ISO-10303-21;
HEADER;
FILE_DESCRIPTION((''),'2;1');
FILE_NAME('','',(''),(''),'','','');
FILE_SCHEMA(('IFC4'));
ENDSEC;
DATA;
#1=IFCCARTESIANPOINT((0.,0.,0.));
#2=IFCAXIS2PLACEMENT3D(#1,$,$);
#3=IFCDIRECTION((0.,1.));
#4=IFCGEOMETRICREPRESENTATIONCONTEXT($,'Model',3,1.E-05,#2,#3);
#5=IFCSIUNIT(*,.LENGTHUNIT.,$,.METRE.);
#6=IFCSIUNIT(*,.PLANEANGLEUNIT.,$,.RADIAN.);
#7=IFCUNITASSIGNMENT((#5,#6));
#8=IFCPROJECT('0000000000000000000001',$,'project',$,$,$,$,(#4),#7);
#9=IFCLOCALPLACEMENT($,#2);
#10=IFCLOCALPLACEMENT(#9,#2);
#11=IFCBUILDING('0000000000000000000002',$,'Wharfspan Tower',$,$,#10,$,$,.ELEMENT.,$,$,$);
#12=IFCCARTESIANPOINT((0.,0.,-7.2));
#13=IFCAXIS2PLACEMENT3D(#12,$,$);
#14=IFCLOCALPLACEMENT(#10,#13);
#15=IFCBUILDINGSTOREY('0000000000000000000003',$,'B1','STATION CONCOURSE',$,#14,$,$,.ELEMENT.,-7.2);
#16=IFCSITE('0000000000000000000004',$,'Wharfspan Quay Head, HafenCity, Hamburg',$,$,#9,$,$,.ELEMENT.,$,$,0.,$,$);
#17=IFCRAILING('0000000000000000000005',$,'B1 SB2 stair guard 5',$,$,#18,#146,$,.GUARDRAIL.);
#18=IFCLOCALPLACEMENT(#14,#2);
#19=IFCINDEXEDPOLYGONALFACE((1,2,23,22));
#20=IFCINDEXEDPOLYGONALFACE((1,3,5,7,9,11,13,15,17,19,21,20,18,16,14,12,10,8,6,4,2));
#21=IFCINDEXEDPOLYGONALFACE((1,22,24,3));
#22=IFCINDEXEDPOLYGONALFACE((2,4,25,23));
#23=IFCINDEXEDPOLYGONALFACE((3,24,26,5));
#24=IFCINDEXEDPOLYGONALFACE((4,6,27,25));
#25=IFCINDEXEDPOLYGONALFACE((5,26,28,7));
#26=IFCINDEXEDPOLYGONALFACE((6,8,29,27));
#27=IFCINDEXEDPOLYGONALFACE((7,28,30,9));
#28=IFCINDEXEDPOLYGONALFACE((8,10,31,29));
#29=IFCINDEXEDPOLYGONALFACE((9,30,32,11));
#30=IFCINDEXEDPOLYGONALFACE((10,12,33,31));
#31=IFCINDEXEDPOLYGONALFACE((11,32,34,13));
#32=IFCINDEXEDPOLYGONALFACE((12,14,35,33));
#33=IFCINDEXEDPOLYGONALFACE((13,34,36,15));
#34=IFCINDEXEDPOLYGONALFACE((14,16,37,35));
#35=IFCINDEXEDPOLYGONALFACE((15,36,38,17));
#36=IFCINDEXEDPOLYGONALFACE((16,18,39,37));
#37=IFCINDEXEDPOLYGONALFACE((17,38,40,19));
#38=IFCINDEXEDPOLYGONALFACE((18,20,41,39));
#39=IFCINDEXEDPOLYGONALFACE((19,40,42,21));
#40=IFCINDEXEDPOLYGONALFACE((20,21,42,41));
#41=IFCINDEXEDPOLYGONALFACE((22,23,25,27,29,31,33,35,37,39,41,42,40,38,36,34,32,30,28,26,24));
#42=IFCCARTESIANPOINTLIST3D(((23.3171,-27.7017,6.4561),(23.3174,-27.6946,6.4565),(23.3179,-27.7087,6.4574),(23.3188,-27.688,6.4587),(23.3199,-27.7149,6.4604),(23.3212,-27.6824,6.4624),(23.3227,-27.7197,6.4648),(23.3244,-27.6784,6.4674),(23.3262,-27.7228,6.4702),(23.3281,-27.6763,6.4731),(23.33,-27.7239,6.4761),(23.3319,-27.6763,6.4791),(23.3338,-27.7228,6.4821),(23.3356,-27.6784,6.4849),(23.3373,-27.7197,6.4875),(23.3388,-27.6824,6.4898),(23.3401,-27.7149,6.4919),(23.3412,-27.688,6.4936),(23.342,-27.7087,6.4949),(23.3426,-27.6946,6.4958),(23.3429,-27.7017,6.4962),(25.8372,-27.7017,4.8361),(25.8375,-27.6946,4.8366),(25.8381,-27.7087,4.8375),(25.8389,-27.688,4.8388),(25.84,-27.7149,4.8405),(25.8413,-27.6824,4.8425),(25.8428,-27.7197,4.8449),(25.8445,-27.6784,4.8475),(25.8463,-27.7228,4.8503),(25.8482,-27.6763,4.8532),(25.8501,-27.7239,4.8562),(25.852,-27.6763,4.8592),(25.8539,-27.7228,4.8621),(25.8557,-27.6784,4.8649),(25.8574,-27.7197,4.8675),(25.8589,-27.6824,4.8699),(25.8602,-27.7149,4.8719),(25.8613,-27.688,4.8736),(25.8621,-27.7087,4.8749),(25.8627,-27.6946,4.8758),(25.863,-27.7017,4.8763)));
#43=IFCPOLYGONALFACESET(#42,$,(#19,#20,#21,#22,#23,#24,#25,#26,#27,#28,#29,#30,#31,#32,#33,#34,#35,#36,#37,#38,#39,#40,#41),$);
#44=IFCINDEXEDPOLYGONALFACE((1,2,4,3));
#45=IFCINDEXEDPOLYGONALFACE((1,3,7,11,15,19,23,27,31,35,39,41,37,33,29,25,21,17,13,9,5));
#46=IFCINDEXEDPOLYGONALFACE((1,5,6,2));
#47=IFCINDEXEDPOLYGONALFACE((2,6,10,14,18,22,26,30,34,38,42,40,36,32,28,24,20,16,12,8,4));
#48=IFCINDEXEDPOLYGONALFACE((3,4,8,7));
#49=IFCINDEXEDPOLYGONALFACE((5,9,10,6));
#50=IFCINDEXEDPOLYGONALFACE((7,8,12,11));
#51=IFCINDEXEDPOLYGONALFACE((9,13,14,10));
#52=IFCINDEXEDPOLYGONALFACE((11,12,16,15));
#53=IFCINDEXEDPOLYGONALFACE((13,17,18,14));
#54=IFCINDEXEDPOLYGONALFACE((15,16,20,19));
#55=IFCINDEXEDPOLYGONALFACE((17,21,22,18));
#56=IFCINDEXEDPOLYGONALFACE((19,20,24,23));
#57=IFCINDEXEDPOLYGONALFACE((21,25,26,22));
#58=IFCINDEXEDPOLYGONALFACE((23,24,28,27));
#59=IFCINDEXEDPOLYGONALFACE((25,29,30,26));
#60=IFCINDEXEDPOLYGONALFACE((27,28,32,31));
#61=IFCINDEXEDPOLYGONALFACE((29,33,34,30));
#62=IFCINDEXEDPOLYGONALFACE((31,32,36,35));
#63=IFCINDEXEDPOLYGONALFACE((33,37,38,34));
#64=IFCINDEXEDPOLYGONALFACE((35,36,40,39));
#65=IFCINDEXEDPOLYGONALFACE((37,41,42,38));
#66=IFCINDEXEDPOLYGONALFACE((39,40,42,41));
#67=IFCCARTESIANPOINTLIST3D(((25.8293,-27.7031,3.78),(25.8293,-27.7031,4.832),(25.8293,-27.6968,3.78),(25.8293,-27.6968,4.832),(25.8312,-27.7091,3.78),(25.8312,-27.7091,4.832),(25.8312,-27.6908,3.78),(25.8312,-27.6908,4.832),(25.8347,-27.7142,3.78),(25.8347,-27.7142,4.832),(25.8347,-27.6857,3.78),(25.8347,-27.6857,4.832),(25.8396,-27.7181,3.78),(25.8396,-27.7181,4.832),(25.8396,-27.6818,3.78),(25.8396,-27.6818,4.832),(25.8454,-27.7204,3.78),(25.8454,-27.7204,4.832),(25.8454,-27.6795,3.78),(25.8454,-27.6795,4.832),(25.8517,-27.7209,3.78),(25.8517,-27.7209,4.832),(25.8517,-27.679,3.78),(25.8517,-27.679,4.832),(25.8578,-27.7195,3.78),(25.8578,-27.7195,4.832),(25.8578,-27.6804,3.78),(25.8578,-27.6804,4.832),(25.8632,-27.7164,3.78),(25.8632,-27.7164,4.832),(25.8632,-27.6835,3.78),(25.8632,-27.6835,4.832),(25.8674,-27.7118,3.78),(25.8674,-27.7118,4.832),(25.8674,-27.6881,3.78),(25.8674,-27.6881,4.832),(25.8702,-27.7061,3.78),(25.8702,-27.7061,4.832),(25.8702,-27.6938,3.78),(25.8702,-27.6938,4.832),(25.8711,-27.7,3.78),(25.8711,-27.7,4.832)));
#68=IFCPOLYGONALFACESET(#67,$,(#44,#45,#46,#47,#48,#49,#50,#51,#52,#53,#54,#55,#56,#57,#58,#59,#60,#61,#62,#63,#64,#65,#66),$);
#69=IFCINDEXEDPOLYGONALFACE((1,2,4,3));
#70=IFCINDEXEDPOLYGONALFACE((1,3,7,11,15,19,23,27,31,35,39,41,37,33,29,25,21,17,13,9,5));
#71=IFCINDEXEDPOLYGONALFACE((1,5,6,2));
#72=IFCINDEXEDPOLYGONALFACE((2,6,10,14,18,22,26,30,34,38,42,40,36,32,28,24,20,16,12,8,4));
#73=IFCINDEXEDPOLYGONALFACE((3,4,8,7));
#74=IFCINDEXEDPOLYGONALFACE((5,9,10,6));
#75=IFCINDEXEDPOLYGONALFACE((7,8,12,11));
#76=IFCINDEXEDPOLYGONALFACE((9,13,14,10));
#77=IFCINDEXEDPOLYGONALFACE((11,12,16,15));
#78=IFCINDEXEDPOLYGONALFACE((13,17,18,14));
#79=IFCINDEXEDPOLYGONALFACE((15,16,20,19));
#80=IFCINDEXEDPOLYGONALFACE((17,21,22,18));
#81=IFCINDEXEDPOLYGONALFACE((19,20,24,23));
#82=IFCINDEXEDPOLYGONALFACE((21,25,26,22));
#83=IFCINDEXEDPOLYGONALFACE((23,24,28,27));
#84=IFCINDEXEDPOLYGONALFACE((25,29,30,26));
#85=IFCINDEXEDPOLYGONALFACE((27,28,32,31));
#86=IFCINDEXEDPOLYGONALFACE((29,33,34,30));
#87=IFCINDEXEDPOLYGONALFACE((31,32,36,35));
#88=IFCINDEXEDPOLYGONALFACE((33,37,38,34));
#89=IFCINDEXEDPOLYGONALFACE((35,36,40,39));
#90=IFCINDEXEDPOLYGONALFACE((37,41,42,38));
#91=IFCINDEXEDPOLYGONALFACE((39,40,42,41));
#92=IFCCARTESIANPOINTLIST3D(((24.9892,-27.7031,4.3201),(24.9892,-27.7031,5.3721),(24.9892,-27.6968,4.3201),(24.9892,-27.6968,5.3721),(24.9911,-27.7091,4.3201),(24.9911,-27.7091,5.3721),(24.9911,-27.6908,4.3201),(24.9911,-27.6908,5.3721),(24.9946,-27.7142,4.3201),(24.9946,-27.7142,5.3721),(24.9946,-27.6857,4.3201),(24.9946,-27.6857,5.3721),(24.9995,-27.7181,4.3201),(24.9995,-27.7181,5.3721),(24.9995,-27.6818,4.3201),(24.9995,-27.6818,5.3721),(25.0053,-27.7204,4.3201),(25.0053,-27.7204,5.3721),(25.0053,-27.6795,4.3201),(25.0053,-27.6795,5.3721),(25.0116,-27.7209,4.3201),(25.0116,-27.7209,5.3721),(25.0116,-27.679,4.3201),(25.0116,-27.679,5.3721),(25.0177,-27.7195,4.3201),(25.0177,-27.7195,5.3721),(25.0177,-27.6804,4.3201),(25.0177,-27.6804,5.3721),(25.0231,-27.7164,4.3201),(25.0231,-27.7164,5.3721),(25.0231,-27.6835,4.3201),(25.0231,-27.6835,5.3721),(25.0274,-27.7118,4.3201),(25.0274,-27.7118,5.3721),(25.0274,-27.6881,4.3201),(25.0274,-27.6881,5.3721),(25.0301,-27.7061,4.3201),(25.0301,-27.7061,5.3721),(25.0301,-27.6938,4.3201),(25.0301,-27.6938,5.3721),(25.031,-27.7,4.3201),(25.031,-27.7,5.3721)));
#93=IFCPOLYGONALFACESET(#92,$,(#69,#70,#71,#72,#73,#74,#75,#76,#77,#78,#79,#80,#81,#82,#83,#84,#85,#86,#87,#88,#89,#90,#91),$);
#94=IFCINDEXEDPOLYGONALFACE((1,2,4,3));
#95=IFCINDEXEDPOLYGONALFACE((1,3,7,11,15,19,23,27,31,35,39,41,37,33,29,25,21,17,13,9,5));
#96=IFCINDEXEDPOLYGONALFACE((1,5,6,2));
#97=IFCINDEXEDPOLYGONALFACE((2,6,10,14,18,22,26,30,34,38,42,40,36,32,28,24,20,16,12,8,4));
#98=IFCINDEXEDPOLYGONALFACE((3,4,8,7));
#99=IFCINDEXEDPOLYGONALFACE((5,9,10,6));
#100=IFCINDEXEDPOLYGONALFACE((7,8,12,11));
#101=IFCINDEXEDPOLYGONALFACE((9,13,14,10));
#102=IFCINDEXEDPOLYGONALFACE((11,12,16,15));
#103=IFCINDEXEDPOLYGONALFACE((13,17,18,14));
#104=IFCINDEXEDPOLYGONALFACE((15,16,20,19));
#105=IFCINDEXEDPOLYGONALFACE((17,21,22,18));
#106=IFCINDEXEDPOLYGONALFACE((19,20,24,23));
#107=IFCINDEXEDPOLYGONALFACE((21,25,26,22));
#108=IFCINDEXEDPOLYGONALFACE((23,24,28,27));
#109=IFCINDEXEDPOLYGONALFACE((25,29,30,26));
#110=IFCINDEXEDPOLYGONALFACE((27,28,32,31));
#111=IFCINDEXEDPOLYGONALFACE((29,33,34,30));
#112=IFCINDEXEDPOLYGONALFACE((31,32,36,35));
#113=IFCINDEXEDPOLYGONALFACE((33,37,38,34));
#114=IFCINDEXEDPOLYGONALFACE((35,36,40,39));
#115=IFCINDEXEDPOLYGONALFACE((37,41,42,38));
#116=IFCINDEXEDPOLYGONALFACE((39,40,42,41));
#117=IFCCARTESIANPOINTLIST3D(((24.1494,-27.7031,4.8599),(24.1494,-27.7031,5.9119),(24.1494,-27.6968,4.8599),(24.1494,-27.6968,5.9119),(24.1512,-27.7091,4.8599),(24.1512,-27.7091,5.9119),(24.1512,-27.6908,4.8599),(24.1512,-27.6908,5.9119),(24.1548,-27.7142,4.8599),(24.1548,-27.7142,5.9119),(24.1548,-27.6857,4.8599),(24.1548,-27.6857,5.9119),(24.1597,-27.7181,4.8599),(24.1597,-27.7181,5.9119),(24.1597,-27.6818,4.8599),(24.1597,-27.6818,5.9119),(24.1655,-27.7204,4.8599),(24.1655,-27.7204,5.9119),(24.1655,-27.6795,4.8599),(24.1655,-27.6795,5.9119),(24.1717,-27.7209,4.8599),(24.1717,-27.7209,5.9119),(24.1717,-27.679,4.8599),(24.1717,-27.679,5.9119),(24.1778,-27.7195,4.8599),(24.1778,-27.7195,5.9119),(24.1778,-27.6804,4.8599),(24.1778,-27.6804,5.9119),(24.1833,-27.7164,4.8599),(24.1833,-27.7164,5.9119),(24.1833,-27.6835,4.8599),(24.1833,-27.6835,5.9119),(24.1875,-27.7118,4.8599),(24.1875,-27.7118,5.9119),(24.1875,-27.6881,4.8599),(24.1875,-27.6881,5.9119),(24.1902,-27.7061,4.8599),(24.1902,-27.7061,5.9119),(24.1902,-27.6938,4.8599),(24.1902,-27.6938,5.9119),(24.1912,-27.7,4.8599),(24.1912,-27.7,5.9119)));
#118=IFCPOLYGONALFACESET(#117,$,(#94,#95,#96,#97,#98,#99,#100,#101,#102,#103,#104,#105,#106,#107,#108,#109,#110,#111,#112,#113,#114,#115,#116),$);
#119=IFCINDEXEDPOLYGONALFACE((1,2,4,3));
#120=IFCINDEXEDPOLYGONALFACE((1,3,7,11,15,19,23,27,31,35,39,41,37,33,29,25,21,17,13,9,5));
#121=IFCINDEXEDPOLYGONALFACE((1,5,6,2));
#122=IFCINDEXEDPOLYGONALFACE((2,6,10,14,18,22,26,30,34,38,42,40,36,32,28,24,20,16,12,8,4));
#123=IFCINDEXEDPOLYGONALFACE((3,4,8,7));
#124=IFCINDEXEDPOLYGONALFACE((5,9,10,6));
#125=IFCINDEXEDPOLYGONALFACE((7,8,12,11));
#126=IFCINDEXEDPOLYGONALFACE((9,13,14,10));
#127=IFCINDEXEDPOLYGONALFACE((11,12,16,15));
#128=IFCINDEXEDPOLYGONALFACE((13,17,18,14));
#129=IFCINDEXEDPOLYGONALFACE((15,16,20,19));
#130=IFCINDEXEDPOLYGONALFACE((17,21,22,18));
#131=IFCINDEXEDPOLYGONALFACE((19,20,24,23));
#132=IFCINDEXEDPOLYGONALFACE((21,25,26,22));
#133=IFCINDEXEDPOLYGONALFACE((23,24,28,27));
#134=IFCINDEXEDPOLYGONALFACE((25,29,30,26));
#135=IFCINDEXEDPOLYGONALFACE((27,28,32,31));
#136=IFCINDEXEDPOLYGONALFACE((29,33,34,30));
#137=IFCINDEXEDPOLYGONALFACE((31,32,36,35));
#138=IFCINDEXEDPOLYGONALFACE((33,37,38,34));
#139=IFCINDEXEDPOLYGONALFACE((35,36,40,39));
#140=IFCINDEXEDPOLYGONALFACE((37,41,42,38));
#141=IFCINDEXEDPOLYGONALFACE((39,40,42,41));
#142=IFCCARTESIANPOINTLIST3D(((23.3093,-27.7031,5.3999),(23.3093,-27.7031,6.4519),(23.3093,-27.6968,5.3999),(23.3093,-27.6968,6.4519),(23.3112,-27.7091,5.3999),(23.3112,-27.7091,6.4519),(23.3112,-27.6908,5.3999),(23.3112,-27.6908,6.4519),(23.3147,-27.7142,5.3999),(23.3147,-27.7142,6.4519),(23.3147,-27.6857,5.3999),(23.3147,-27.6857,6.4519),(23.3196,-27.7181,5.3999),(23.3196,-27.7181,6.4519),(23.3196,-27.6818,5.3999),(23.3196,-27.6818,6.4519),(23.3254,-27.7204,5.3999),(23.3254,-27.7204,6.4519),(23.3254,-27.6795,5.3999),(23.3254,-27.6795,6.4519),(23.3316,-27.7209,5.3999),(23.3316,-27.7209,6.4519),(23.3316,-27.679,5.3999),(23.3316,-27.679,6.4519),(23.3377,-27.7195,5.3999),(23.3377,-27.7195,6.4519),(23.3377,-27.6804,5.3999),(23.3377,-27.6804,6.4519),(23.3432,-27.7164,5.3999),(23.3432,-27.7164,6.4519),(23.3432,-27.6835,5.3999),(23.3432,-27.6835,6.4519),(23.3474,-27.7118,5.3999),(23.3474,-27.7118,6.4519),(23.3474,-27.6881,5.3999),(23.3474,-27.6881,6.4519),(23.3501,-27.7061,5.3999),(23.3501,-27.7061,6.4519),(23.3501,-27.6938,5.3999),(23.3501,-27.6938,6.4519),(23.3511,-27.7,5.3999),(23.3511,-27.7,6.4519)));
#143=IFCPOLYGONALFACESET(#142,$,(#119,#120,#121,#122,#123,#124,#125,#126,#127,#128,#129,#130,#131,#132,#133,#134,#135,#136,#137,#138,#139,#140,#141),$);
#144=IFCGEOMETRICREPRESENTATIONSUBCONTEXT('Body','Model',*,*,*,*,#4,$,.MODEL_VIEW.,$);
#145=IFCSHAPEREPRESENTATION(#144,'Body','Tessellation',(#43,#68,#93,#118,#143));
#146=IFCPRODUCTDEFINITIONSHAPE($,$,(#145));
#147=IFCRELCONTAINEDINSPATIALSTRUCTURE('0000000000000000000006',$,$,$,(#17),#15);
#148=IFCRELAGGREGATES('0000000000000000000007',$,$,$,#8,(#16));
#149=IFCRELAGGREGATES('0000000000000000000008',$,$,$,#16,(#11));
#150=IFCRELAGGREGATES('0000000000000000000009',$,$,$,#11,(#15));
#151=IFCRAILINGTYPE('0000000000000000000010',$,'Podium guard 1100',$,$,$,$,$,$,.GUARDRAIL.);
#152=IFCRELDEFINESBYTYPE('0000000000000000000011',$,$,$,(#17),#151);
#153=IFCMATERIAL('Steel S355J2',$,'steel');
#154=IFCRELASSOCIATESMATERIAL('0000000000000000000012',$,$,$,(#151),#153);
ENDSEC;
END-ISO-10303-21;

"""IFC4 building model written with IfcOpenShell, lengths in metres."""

from ifc_helpers import new_model, si_unit, direction, frame, origin, origin_2d, place, context, subcontext, project, spatial, circle, extrude, material, type_object, element, save


model = new_model("IFC4")

# Units and contexts
model_context = context("Model", 3, precision=1e-05, world=origin(), true_north=direction((0.0, 1.0)))
body_context = subcontext(model_context, "Body", "Model", "MODEL_VIEW")
ifc_project = project(units=[si_unit("LENGTHUNIT", "METRE"), si_unit("PLANEANGLEUNIT", "RADIAN")], contexts=[model_context])

# Site, building, storey
site_placement = place(None, origin())
site = spatial("IfcSite", under=ifc_project, at=site_placement, Name="Wharfspan Quay Head, HafenCity, Hamburg", CompositionType="ELEMENT", RefElevation=0.0)
building_placement = place(site_placement, origin())
building = spatial("IfcBuilding", under=site, at=building_placement, Name="Wharfspan Tower", CompositionType="ELEMENT")
storey_placement = place(building_placement, frame((0.0, 0.0, -7.2)))
storey = spatial("IfcBuildingStorey", under=building, at=storey_placement, Name="B1", Description="STATION CONCOURSE", CompositionType="ELEMENT", Elevation=-7.2)

# Railing
ifc_material_1 = material(Name="Steel S355J2", Category="steel")
railing_type_1 = type_object("IfcRailingType", Name="Podium guard 1100", PredefinedType="GUARDRAIL", material=ifc_material_1)
railing_1_placement = place(storey_placement, frame((25.8501, -27.7, 3.78)))
element("IfcRailing", 1, at=railing_1_placement, inside=storey, type_object=railing_type_1, Name="B1 SB2 stair guard 5", PredefinedType="GUARDRAIL", context=body_context, shape_type="SweptSolid", body=[
    extrude(circle(Radius=0.0239, at=origin_2d()), frame((0.0, 0.0, 1.0762), z_axis=(-0.8412, 0.0, 0.540725), x_axis=(0.0, -1.0, 0.0)), (0.0, 0.0, 1.0), 2.9958),
    extrude(circle(Radius=0.021, at=origin_2d()), origin(), (0.0, 0.0, 1.0), 1.052),
    extrude(circle(Radius=0.021, at=origin_2d()), frame((-0.8401, 0.0, 0.54)), (0.0, 0.0, 1.0), 1.052),
    extrude(circle(Radius=0.021, at=origin_2d()), frame((-1.6799, 0.0, 1.0798)), (0.0, 0.0, 1.0), 1.052),
    extrude(circle(Radius=0.021, at=origin_2d()), frame((-2.52, 0.0, 1.6199)), (0.0, 0.0, 1.0), 1.052),
])

save(model, "model.ifc")
